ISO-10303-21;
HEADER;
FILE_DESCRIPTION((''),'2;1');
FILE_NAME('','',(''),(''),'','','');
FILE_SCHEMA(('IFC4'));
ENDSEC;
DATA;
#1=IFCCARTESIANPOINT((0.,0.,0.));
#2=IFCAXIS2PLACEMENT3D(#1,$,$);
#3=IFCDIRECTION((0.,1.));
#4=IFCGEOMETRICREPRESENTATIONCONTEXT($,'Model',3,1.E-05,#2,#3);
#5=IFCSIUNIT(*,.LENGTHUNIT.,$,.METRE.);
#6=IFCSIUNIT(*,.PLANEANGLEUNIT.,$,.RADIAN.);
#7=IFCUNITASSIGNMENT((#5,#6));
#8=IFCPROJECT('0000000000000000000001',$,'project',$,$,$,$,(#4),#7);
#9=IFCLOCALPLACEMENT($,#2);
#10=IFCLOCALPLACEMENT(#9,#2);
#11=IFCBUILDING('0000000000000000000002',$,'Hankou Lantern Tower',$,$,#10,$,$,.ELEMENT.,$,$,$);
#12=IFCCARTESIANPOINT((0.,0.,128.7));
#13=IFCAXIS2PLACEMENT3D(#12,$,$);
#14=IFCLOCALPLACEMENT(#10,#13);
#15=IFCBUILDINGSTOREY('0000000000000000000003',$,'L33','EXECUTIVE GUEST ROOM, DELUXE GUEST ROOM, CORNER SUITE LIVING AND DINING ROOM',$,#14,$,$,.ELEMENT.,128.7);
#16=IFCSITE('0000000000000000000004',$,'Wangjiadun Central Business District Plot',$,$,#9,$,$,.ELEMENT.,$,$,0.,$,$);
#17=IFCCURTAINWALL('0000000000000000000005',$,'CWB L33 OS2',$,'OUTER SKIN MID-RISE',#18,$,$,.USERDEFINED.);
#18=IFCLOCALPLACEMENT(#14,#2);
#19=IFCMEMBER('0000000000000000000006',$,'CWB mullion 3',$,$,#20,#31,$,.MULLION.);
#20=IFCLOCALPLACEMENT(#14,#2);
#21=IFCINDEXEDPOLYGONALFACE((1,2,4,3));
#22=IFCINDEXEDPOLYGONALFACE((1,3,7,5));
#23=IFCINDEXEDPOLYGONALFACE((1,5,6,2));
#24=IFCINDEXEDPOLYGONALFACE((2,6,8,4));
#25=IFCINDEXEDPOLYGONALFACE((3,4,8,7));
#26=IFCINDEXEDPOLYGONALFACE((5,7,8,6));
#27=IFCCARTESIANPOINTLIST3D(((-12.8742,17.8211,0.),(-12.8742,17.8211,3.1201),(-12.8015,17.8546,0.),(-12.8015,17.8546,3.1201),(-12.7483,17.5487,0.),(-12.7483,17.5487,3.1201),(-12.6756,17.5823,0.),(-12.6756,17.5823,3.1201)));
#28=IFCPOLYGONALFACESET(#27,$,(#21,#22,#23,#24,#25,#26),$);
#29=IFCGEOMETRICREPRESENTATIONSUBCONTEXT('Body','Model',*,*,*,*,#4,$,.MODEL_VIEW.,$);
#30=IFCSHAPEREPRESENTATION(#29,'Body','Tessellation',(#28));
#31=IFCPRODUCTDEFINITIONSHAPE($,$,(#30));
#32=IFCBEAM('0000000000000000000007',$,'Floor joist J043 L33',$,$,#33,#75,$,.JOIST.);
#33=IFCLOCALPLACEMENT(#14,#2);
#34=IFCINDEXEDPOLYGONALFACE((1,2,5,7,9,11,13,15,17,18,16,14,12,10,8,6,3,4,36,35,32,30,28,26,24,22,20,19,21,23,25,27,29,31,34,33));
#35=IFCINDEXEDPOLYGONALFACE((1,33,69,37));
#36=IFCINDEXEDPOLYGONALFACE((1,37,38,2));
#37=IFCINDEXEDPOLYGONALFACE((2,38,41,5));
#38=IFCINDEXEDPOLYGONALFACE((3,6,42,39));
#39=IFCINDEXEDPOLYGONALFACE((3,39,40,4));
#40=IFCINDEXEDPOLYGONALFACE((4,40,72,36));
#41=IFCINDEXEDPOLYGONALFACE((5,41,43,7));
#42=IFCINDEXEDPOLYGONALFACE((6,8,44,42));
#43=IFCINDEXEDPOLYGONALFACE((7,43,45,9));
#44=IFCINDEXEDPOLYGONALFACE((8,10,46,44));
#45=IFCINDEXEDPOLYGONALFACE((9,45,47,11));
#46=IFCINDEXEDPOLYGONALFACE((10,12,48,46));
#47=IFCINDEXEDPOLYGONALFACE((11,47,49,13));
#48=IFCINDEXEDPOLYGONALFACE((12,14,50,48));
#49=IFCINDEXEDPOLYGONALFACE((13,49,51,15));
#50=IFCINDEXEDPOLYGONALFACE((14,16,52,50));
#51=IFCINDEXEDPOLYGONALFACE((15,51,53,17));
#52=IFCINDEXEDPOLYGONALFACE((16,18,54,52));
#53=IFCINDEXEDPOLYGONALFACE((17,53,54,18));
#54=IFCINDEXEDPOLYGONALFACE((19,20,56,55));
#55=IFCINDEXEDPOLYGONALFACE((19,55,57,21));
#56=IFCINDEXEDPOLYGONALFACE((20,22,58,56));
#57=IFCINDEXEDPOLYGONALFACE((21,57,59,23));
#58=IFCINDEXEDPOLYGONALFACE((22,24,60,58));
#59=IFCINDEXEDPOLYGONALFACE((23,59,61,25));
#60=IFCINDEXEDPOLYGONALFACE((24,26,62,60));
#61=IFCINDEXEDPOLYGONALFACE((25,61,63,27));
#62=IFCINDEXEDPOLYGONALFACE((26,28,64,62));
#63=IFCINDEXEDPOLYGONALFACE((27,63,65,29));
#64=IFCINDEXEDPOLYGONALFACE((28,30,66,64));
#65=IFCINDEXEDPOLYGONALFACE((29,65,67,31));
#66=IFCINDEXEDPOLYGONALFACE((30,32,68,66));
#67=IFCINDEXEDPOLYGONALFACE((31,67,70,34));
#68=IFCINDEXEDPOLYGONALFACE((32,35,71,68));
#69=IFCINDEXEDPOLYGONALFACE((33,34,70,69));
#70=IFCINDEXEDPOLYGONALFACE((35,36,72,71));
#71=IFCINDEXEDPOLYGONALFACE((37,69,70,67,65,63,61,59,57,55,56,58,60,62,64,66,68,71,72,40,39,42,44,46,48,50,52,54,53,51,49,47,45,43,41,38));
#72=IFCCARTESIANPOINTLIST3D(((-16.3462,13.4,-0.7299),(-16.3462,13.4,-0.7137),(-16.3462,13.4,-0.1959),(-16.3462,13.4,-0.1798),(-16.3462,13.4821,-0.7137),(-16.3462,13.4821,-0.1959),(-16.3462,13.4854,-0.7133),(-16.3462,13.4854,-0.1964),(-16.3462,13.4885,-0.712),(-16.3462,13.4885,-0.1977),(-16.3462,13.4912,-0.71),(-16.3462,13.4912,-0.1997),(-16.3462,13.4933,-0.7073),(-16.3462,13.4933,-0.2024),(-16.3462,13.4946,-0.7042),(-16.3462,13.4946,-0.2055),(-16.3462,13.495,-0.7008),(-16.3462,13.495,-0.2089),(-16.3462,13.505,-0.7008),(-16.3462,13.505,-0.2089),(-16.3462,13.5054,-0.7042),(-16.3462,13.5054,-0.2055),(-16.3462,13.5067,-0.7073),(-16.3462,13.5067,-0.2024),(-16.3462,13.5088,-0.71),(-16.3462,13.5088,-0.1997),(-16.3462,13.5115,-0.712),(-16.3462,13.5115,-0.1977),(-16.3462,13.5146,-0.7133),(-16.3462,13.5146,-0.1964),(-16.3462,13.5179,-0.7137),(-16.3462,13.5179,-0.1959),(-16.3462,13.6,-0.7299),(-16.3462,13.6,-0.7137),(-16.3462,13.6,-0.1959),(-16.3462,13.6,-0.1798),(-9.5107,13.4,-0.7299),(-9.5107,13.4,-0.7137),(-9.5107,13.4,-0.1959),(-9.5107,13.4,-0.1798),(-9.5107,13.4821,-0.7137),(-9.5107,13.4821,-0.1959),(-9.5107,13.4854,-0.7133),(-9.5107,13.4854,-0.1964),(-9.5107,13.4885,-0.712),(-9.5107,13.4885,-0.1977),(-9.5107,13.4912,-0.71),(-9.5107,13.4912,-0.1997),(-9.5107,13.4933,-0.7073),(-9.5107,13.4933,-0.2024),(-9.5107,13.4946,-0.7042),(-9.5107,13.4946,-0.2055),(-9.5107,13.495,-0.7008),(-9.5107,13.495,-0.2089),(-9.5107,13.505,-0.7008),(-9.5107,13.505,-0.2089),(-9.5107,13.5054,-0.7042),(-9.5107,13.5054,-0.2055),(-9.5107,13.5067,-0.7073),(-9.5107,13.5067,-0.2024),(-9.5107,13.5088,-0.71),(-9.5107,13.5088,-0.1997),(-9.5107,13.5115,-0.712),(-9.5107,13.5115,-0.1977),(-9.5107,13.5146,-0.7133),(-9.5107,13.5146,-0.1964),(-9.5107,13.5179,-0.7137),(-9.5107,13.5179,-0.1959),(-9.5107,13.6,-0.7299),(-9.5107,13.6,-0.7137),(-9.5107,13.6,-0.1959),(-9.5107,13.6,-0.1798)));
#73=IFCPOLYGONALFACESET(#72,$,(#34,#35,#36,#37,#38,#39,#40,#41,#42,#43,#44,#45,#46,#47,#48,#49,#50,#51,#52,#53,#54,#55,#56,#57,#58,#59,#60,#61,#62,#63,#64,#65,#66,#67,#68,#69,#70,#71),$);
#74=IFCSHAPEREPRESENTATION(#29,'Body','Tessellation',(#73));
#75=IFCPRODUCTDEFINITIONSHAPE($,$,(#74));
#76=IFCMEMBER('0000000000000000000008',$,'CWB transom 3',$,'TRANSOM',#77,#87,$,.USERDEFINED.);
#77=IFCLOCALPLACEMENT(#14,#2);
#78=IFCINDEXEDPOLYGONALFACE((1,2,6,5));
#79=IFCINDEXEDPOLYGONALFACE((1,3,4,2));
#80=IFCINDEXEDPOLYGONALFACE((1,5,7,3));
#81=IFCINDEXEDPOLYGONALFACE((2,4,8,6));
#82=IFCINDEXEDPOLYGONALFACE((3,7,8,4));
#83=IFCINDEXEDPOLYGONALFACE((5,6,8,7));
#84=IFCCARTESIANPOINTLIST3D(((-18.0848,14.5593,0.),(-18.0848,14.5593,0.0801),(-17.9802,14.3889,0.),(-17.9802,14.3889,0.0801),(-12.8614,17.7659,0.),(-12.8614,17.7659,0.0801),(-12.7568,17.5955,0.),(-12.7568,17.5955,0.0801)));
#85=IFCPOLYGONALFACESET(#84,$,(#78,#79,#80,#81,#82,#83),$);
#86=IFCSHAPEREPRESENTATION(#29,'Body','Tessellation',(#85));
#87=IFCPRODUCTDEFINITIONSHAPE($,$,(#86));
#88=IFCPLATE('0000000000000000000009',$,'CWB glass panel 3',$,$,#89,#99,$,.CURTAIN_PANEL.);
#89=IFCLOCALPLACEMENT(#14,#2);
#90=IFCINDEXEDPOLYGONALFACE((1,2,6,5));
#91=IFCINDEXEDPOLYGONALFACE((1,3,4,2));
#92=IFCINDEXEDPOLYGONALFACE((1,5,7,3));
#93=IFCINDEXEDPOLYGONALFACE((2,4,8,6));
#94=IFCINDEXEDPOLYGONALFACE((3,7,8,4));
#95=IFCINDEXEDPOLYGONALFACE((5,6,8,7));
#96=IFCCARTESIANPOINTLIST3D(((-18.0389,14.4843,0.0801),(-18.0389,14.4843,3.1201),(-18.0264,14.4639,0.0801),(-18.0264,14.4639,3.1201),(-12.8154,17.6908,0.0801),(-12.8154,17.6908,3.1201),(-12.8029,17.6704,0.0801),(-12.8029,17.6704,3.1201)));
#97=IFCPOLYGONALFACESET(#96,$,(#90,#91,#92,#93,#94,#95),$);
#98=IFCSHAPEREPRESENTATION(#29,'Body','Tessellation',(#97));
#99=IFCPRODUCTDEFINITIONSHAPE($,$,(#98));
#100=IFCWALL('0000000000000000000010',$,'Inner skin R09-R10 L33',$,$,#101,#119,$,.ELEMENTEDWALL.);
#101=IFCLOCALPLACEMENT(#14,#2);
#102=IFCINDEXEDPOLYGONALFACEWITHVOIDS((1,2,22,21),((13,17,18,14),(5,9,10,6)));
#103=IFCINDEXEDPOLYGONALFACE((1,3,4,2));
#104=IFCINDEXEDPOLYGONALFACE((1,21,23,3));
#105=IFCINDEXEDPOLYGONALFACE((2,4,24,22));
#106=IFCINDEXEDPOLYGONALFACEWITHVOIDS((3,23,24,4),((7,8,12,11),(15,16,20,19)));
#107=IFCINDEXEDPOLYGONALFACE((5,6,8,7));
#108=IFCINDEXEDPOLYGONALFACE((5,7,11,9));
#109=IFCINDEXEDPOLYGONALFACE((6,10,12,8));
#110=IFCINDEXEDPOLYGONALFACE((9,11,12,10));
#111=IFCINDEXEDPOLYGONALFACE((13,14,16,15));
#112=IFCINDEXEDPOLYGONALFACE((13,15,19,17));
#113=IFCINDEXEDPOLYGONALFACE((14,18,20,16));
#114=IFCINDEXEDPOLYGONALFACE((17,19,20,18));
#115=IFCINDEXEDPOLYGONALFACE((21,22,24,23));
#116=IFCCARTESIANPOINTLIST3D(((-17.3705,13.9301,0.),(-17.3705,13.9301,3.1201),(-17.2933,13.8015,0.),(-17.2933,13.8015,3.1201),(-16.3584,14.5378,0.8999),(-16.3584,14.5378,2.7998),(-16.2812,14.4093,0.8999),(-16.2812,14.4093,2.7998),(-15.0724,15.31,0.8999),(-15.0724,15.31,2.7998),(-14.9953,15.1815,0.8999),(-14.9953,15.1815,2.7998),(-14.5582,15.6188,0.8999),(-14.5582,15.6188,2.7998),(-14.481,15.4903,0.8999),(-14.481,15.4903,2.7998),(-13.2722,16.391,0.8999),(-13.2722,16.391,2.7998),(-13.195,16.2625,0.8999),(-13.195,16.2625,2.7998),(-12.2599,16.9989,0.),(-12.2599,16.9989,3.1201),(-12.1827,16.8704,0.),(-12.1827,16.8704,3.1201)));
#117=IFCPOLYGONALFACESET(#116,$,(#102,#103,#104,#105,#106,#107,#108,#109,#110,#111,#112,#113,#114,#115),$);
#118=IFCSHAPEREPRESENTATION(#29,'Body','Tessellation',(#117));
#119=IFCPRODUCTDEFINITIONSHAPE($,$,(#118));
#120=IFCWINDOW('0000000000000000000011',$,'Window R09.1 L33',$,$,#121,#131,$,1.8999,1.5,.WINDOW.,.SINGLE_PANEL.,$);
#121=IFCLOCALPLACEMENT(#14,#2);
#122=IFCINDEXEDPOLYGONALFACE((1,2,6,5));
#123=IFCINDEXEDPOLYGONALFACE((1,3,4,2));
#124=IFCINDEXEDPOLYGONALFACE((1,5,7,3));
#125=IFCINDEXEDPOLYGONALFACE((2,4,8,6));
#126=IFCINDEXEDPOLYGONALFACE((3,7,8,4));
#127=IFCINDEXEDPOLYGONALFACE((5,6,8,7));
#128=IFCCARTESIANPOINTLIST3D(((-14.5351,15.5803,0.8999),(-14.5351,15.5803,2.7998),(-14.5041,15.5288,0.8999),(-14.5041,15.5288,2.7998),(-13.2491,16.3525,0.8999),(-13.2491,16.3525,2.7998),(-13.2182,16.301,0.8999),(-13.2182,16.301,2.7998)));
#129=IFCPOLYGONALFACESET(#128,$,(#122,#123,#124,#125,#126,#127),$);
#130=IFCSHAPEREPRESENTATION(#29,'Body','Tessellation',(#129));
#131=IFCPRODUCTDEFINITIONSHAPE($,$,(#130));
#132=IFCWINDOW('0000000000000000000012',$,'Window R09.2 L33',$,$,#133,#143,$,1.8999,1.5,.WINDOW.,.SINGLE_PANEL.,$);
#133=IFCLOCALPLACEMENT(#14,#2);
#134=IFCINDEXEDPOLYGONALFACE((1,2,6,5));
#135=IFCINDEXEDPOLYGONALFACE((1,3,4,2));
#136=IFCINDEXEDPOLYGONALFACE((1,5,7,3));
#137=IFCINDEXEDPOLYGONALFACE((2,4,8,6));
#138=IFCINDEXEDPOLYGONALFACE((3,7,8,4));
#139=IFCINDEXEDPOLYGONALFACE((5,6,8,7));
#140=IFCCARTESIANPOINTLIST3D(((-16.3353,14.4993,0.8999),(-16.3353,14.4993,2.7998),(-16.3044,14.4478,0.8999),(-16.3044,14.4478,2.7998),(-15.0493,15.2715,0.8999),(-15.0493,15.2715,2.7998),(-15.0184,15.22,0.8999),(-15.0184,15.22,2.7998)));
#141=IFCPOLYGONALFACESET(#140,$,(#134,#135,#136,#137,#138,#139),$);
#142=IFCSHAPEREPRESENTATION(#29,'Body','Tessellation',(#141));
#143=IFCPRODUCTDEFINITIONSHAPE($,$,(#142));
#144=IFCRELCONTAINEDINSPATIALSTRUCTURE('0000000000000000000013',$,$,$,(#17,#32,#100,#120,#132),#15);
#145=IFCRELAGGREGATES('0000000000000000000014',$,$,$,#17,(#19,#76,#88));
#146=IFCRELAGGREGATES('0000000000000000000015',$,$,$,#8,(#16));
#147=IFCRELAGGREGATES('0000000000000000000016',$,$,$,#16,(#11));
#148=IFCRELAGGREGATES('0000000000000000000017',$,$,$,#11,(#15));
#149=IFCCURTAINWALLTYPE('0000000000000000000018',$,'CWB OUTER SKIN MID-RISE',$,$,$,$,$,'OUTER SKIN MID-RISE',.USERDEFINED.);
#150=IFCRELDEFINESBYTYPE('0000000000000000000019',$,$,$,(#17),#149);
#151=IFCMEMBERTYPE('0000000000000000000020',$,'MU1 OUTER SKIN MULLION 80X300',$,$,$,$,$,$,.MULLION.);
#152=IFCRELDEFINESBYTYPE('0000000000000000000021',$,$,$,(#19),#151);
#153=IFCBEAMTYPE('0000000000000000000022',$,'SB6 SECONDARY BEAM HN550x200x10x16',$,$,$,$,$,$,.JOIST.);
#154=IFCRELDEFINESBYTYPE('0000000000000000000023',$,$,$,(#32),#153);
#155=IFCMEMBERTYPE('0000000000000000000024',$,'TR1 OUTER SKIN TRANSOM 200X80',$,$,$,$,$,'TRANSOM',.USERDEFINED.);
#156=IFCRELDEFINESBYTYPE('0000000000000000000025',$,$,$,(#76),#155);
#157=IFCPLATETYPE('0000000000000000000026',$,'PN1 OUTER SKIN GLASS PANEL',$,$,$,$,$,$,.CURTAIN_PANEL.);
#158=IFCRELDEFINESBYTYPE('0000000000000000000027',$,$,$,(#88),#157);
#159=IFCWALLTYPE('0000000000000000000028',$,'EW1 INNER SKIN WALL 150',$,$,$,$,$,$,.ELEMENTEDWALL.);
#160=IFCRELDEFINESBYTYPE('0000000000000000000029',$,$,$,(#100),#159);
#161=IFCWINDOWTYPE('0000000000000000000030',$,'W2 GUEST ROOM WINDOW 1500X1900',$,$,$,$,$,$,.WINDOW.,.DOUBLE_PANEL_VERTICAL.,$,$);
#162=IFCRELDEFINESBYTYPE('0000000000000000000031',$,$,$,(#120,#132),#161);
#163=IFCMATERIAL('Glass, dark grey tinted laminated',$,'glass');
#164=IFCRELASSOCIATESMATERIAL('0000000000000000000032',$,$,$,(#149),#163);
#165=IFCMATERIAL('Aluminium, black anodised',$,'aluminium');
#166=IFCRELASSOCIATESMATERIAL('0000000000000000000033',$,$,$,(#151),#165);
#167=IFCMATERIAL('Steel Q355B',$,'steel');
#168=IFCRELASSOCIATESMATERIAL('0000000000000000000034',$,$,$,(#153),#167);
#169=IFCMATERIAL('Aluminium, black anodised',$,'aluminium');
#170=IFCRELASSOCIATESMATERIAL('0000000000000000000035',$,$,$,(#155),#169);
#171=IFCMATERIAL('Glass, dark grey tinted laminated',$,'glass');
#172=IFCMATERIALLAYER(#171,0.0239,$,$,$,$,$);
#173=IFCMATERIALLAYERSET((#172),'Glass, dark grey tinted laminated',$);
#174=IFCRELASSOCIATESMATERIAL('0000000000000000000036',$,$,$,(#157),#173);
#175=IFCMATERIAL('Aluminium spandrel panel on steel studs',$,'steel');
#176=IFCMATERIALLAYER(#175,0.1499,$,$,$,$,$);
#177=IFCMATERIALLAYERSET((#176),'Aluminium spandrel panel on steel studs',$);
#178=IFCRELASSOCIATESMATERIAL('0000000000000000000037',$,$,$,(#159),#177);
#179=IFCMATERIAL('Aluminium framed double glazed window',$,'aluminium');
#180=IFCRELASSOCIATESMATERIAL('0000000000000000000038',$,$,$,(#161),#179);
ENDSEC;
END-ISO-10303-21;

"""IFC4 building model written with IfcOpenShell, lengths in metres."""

from ifc_helpers import new_model, si_unit, direction, frame, frame_2d, origin, origin_2d, place, context, subcontext, project, spatial, rectangle, i_section, extrude, material, layer, layer_set, material_profile, profile_set, type_object, element, fill, aggregate, save


model = new_model("IFC4")

# Units and contexts
model_context = context("Model", 3, precision=1e-05, world=origin(), true_north=direction((0.0, 1.0)))
body_context = subcontext(model_context, "Body", "Model", "MODEL_VIEW")
ifc_project = project(units=[si_unit("LENGTHUNIT", "METRE"), si_unit("PLANEANGLEUNIT", "RADIAN")], contexts=[model_context])

# Site, building, storey
site_placement = place(None, origin())
site = spatial("IfcSite", under=ifc_project, at=site_placement, Name="Wangjiadun Central Business District Plot", CompositionType="ELEMENT", RefElevation=0.0)
building_placement = place(site_placement, origin())
building = spatial("IfcBuilding", under=site, at=building_placement, Name="Hankou Lantern Tower", CompositionType="ELEMENT")
storey_placement = place(building_placement, frame((0.0, 0.0, 128.7)))
storey = spatial("IfcBuildingStorey", under=building, at=storey_placement, Name="L33", Description="EXECUTIVE GUEST ROOM, DELUXE GUEST ROOM, CORNER SUITE LIVING AND DINING ROOM", CompositionType="ELEMENT", Elevation=128.7)

# Curtain wall, member
ifc_material_1 = material(Name="Glass, dark grey tinted laminated", Category="glass")
curtain_wall_type = type_object("IfcCurtainWallType", Name="CWB OUTER SKIN MID-RISE", ElementType="OUTER SKIN MID-RISE", PredefinedType="USERDEFINED", material=ifc_material_1)
curtain_wall_placement = place(storey_placement, origin())
curtain_wall = element("IfcCurtainWall", 1, at=curtain_wall_placement, inside=storey, type_object=curtain_wall_type, Name="CWB L33 OS2", ObjectType="OUTER SKIN MID-RISE", PredefinedType="USERDEFINED")
ifc_material_2 = material(Name="Aluminium, black anodised", Category="aluminium")
ifc_material_profile_1 = material_profile(ifc_material_2, rectangle(XDim=0.0801, YDim=0.3, at=origin_2d()), Name="MU1 80X300")
ifc_profile_set_1 = profile_set([ifc_material_profile_1], Name="Aluminium, black anodised")
member_type_1 = type_object("IfcMemberType", Name="MU1 OUTER SKIN MULLION 80X300", PredefinedType="MULLION", material=ifc_profile_set_1)
member_1_placement = place(storey_placement, frame((-12.7749, 17.7017, 0.0), z_axis=(0.0, 0.0, 1.0), x_axis=(-0.907841, -0.419314, 0.0)))
member_1 = element("IfcMember", 2, at=member_1_placement, type_object=member_type_1, Name="CWB mullion 3", PredefinedType="MULLION", context=body_context, shape_type="SweptSolid", body=[
    extrude(rectangle(XDim=0.0801, YDim=0.3, at=origin_2d()), origin(), (0.0, 0.0, 1.0), 3.1201),
])

# Beam
ifc_material_3 = material(Name="Steel Q355B", Category="steel")
ifc_material_profile_2 = material_profile(ifc_material_3, i_section(OverallWidth=0.2, OverallDepth=0.55, WebThickness=0.01, FlangeThickness=0.0161, FilletRadius=0.0129, at=origin_2d()), Name="HN550x200x10x16")
ifc_profile_set_2 = profile_set([ifc_material_profile_2], Name="Steel Q355B")
beam_type = type_object("IfcBeamType", Name="SB6 SECONDARY BEAM HN550x200x10x16", PredefinedType="JOIST", material=ifc_profile_set_2)
beam_placement = place(storey_placement, frame((-16.3462, 13.5, -0.4548), z_axis=(1.0, 0.0, 0.0), x_axis=(0.0, 1.0, 0.0)))
element("IfcBeam", 3, at=beam_placement, inside=storey, type_object=beam_type, Name="Floor joist J043 L33", PredefinedType="JOIST", context=body_context, shape_type="SweptSolid", body=[
    extrude(i_section(OverallWidth=0.2, OverallDepth=0.55, WebThickness=0.01, FlangeThickness=0.0161, FilletRadius=0.0129, at=origin_2d()), origin(), (0.0, 0.0, 1.0), 6.8354),
])

# Member
ifc_material_4 = material(Name="Aluminium, black anodised", Category="aluminium")
ifc_material_profile_3 = material_profile(ifc_material_4, rectangle(XDim=0.2, YDim=0.0801, at=origin_2d()), Name="TR1 200X80")
ifc_profile_set_3 = profile_set([ifc_material_profile_3], Name="Aluminium, black anodised")
member_type_2 = type_object("IfcMemberType", Name="TR1 OUTER SKIN TRANSOM 200X80", ElementType="TRANSOM", PredefinedType="USERDEFINED", material=ifc_profile_set_3)
member_2_placement = place(storey_placement, frame((-12.8091, 17.6807, 0.04), z_axis=(-0.852229, -0.523168, 0.0), x_axis=(0.523168, -0.852229, 0.0)))
member_2 = element("IfcMember", 4, at=member_2_placement, type_object=member_type_2, Name="CWB transom 3", ObjectType="TRANSOM", PredefinedType="USERDEFINED", context=body_context, shape_type="SweptSolid", body=[
    extrude(rectangle(XDim=0.2, YDim=0.0801, at=origin_2d()), origin(), (0.0, 0.0, 1.0), 6.1292),
])

# Plate
ifc_material_5 = material(Name="Glass, dark grey tinted laminated", Category="glass")
ifc_layer_1 = layer(ifc_material_5, 0.0239)
ifc_layer_set_1 = layer_set([ifc_layer_1], Name="Glass, dark grey tinted laminated")
plate_type = type_object("IfcPlateType", Name="PN1 OUTER SKIN GLASS PANEL", PredefinedType="CURTAIN_PANEL", material=ifc_layer_set_1)
plate_placement = place(storey_placement, frame((-15.4209, 16.0774, 0.0801), z_axis=(0.0, 0.0, 1.0), x_axis=(-0.852237, -0.523156, 0.0)))
plate = element("IfcPlate", 5, at=plate_placement, type_object=plate_type, Name="CWB glass panel 3", PredefinedType="CURTAIN_PANEL", context=body_context, shape_type="SweptSolid", body=[
    extrude(rectangle(XDim=6.1292, YDim=0.0239, at=origin_2d()), origin(), (0.0, 0.0, 1.0), 3.04),
])
aggregate(curtain_wall, [member_1, member_2, plate])

# Wall, openings, windows
ifc_material_6 = material(Name="Aluminium spandrel panel on steel studs", Category="steel")
ifc_layer_2 = layer(ifc_material_6, 0.1499)
ifc_layer_set_2 = layer_set([ifc_layer_2], Name="Aluminium spandrel panel on steel studs")
wall_type_1 = type_object("IfcWallType", Name="EW1 INNER SKIN WALL 150", PredefinedType="ELEMENTEDWALL", material=ifc_layer_set_2)
wall_1_placement = place(storey_placement, frame((-12.2214, 16.9346, 0.0), z_axis=(0.0, 0.0, 1.0), x_axis=(-0.857309, -0.514803, 0.0)))
wall_1 = element("IfcWall", 6, at=wall_1_placement, inside=storey, type_object=wall_type_1, Name="Inner skin R09-R10 L33", PredefinedType="ELEMENTEDWALL", context=body_context, shape_type="SweptSolid", body=[
    extrude(rectangle(XDim=5.9612, YDim=0.1499, at=frame_2d((2.9805, 0.0))), origin(), (0.0, 0.0, 1.0), 3.1201),
])
opening_1_placement = place(wall_1_placement, frame((1.1807, 0.0, 0.8999)))
opening_1 = element("IfcOpeningElement", 7, at=opening_1_placement, cuts=wall_1, PredefinedType="OPENING", context=body_context, shape_type="SweptSolid", body=[
    extrude(rectangle(XDim=1.5, YDim=1.8999, at=frame_2d((0.75, 0.95))), frame((0.0, 0.085, 0.0), z_axis=(0.0, -1.0, 0.0), x_axis=(1.0, 0.0, 0.0)), (0.0, 0.0, 1.0), 0.1699),
])
opening_2_placement = place(wall_1_placement, frame((3.2805, 0.0, 0.8999)))
opening_2 = element("IfcOpeningElement", 8, at=opening_2_placement, cuts=wall_1, PredefinedType="OPENING", context=body_context, shape_type="SweptSolid", body=[
    extrude(rectangle(XDim=1.5, YDim=1.8999, at=frame_2d((0.75, 0.95))), frame((0.0, 0.085, 0.0), z_axis=(0.0, -1.0, 0.0), x_axis=(1.0, 0.0, 0.0)), (0.0, 0.0, 1.0), 0.1699),
])
ifc_material_7 = material(Name="Aluminium framed double glazed window", Category="aluminium")
window_type = type_object("IfcWindowType", Name="W2 GUEST ROOM WINDOW 1500X1900", PartitioningType="DOUBLE_PANEL_VERTICAL", PredefinedType="WINDOW", material=ifc_material_7)
window_1_placement = place(opening_1_placement, origin())
window_1 = element("IfcWindow", 9, at=window_1_placement, inside=storey, type_object=window_type, Name="Window R09.1 L33", OverallHeight=1.8999, OverallWidth=1.5, PartitioningType="SINGLE_PANEL", PredefinedType="WINDOW", context=body_context, shape_type="SweptSolid", body=[
    extrude(rectangle(XDim=1.5, YDim=1.8999, at=frame_2d((0.75, 0.95))), frame((0.0, 0.03, 0.0), z_axis=(0.0, -1.0, 0.0), x_axis=(1.0, 0.0, 0.0)), (0.0, 0.0, 1.0), 0.0601),
])
fill(opening_1, window_1)
window_2_placement = place(opening_2_placement, origin())
window_2 = element("IfcWindow", 10, at=window_2_placement, inside=storey, type_object=window_type, Name="Window R09.2 L33", OverallHeight=1.8999, OverallWidth=1.5, PartitioningType="SINGLE_PANEL", PredefinedType="WINDOW", context=body_context, shape_type="SweptSolid", body=[
    extrude(rectangle(XDim=1.5, YDim=1.8999, at=frame_2d((0.75, 0.95))), frame((0.0, 0.03, 0.0), z_axis=(0.0, -1.0, 0.0), x_axis=(1.0, 0.0, 0.0)), (0.0, 0.0, 1.0), 0.0601),
])
fill(opening_2, window_2)

save(model, "model.ifc")
